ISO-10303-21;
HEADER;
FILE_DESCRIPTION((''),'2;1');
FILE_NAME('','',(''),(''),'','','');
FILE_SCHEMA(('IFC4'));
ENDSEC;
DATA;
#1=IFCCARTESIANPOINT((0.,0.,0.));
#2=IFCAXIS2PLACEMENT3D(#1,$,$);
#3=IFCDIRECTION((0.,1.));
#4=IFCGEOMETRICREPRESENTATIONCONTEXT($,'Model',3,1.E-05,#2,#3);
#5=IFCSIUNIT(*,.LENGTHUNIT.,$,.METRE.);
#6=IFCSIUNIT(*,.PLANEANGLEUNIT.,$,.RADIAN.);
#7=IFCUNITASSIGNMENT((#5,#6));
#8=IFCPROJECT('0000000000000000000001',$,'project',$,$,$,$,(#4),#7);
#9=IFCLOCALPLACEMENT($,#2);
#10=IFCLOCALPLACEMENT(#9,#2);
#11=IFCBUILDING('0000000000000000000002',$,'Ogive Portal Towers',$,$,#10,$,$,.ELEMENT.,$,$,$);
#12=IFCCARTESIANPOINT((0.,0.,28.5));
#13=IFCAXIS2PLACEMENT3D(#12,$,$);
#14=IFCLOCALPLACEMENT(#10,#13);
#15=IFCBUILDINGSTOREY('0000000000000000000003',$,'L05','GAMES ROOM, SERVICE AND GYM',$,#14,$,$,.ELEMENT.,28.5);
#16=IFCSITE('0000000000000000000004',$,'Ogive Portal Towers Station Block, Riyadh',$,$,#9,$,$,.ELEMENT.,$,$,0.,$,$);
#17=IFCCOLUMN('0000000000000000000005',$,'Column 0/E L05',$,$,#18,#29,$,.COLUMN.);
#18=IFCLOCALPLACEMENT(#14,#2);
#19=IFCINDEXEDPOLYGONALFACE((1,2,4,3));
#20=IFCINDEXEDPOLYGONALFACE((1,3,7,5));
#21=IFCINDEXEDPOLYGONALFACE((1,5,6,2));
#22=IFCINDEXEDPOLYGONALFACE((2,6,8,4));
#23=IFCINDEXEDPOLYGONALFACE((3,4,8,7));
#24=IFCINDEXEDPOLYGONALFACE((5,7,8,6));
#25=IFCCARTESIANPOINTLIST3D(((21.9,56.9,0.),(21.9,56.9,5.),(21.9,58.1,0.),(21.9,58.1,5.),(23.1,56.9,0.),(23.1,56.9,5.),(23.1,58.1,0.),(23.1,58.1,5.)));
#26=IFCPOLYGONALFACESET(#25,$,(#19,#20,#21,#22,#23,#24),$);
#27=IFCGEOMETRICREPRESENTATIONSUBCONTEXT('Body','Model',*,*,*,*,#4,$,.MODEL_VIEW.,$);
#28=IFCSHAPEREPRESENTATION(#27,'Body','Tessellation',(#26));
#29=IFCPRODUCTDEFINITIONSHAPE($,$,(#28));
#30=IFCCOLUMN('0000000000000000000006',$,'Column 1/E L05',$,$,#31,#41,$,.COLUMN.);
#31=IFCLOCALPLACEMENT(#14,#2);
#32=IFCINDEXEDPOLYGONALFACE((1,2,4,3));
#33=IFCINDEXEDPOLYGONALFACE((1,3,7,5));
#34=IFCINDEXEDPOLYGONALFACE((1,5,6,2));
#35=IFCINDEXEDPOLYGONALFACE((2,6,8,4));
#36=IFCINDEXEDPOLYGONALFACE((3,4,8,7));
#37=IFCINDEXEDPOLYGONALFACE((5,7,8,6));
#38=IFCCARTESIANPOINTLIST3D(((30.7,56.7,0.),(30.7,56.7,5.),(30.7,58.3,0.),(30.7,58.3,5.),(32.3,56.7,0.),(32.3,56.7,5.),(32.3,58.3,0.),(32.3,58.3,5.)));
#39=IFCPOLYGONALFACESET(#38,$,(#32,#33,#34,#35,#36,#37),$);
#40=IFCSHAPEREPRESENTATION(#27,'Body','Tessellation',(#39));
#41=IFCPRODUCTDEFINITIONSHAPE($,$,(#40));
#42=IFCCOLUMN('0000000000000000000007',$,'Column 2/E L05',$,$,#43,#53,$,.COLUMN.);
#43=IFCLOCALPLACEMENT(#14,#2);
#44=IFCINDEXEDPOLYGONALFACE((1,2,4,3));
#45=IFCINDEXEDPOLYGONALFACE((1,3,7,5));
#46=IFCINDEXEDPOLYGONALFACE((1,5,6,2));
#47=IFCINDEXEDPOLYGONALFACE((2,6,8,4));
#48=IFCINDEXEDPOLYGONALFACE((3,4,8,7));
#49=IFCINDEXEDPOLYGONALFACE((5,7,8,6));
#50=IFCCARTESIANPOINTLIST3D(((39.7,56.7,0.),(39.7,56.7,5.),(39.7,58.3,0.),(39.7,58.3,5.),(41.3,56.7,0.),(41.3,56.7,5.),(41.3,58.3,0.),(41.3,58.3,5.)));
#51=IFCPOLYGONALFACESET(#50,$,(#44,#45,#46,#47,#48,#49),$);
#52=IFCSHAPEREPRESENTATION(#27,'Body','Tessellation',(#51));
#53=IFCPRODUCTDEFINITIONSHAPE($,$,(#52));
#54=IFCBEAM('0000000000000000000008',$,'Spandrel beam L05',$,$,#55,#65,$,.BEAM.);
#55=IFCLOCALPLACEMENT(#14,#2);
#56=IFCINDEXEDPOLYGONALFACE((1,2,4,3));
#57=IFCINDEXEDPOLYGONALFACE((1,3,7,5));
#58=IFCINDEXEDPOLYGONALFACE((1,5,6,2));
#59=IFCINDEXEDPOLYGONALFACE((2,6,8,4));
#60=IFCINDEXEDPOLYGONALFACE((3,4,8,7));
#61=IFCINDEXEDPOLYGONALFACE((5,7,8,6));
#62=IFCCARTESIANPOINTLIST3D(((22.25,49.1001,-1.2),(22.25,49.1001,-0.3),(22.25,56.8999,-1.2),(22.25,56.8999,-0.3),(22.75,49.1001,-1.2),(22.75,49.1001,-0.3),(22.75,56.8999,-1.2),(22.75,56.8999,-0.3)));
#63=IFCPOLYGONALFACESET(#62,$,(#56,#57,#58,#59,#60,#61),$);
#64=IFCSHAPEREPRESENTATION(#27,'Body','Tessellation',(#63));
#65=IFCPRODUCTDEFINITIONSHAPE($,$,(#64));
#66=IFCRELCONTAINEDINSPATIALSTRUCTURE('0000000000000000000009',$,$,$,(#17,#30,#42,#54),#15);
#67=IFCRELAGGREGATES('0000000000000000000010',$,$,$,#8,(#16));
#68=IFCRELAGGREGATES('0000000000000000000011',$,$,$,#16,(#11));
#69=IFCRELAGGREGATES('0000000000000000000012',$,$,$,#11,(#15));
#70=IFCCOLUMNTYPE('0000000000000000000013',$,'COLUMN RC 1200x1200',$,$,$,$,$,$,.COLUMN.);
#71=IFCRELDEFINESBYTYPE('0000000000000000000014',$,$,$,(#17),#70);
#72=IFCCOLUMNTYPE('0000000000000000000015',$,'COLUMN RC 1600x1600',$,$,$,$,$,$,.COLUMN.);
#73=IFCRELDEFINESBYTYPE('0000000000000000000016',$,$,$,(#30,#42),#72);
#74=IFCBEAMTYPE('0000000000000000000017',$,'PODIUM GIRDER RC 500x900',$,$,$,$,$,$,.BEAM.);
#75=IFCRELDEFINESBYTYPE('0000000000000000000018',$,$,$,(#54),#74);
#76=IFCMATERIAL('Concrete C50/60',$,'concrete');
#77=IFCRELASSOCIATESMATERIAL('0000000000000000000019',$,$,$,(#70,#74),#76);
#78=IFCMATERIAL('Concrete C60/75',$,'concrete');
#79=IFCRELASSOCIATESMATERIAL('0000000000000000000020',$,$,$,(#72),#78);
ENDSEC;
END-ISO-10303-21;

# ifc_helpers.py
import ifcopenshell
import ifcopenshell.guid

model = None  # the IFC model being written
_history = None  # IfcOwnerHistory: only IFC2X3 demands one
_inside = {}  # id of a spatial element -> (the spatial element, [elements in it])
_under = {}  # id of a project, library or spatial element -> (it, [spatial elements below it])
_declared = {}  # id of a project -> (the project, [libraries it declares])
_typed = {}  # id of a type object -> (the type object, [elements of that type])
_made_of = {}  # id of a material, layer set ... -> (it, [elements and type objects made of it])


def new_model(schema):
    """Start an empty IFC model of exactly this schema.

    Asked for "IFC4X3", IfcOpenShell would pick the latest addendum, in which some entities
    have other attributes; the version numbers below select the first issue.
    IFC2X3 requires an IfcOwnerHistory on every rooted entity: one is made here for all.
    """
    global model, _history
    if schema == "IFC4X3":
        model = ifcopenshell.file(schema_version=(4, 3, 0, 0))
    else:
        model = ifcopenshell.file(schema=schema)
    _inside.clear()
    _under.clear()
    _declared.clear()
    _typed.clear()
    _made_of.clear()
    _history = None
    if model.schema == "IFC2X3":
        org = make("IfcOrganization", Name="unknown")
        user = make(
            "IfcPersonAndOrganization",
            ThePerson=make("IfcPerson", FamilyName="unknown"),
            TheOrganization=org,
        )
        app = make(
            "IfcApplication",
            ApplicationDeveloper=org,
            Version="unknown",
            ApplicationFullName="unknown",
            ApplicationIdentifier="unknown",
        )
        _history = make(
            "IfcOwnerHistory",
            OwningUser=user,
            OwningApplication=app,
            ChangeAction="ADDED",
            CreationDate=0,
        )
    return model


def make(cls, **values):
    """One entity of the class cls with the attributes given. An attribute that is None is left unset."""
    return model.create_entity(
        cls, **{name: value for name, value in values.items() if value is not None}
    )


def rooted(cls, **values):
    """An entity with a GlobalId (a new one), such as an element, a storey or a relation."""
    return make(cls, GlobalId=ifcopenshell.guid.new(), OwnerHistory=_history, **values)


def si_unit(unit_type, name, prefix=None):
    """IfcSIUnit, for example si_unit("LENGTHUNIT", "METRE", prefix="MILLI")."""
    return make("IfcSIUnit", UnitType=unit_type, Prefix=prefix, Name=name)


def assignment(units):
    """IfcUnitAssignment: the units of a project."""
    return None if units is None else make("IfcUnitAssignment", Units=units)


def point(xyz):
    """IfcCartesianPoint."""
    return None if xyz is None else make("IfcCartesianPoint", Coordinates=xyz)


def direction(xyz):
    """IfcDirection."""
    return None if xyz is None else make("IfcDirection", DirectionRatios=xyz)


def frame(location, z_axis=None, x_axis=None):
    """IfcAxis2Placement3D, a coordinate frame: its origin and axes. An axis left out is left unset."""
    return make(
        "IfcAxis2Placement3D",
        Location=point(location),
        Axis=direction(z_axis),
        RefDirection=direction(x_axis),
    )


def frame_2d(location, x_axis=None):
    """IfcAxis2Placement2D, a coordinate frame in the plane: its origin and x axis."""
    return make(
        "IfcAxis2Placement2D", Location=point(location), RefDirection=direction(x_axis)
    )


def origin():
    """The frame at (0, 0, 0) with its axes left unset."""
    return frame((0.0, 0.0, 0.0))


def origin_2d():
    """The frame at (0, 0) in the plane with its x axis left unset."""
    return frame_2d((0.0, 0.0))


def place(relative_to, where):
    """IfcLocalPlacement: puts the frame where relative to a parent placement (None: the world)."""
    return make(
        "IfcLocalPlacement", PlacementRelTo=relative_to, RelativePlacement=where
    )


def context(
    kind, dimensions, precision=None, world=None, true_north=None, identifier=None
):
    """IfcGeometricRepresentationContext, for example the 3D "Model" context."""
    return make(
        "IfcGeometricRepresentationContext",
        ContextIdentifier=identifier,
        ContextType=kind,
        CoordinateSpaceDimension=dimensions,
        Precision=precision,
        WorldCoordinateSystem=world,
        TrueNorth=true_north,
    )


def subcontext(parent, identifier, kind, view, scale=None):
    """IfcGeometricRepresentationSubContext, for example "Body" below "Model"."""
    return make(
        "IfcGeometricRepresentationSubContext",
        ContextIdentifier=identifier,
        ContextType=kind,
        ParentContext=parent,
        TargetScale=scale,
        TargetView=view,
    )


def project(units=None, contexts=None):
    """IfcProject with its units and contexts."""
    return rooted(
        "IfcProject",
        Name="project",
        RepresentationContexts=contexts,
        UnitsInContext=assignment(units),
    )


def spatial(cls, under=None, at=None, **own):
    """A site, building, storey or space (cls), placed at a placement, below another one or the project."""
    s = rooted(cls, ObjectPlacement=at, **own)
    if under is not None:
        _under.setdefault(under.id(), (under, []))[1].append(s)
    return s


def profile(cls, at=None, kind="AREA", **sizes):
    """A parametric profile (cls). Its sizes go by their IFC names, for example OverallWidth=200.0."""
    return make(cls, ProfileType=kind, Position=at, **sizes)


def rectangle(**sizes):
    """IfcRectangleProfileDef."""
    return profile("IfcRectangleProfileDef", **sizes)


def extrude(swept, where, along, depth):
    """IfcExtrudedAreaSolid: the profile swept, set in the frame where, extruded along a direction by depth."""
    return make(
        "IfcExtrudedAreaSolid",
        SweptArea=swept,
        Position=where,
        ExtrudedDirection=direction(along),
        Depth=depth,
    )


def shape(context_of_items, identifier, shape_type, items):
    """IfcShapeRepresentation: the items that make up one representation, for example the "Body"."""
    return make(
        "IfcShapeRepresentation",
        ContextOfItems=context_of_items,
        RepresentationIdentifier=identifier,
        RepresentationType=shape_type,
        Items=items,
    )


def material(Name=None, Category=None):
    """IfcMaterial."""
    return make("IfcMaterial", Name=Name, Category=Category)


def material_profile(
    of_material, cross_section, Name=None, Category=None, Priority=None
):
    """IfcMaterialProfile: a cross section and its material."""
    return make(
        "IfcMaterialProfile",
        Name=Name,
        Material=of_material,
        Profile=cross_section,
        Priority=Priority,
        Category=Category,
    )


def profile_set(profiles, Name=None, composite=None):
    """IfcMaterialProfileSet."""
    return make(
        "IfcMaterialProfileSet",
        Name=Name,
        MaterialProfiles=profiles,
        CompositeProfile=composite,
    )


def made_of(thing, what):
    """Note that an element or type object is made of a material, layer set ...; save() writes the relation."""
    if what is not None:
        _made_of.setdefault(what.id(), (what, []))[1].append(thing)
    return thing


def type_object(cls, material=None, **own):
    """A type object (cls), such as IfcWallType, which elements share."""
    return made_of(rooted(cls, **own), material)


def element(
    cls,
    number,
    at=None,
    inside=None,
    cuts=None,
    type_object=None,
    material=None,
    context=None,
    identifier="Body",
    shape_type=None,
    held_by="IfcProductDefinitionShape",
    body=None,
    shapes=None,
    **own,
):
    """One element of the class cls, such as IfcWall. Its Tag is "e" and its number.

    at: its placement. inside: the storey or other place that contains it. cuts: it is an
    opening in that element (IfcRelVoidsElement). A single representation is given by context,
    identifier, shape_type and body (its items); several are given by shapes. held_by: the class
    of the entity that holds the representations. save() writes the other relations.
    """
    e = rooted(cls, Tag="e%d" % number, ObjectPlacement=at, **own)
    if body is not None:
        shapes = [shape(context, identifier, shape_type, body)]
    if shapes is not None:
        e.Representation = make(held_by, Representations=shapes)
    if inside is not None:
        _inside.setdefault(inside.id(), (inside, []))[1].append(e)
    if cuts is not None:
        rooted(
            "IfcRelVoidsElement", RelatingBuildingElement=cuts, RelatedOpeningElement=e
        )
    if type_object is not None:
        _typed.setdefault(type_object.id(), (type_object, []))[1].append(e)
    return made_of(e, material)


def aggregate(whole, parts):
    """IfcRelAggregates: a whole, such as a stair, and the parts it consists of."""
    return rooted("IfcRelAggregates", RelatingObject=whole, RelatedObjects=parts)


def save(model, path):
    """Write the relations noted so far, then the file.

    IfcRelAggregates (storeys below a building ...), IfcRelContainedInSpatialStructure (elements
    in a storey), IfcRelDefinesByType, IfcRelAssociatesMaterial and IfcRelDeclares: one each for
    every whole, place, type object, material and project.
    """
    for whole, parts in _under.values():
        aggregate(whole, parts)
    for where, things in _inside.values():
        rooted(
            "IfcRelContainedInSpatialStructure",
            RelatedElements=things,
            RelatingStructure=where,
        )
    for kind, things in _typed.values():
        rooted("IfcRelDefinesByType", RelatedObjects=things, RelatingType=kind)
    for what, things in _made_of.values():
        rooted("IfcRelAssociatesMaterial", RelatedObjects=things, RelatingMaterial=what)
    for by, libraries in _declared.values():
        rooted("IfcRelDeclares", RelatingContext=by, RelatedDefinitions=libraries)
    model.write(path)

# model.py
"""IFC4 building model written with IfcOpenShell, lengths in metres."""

from ifc_helpers import new_model, si_unit, direction, frame, origin, origin_2d, place, context, subcontext, project, spatial, rectangle, extrude, material, material_profile, profile_set, type_object, element, save


model = new_model("IFC4")

# Units and contexts
model_context = context("Model", 3, precision=1e-05, world=origin(), true_north=direction((0.0, 1.0)))
body_context = subcontext(model_context, "Body", "Model", "MODEL_VIEW")
ifc_project = project(units=[si_unit("LENGTHUNIT", "METRE"), si_unit("PLANEANGLEUNIT", "RADIAN")], contexts=[model_context])

# Site, building, storey
site_placement = place(None, origin())
site = spatial("IfcSite", under=ifc_project, at=site_placement, Name="Ogive Portal Towers Station Block, Riyadh", CompositionType="ELEMENT", RefElevation=0.0)
building_placement = place(site_placement, origin())
building = spatial("IfcBuilding", under=site, at=building_placement, Name="Ogive Portal Towers", CompositionType="ELEMENT")
storey_placement = place(building_placement, frame((0.0, 0.0, 28.5)))
storey = spatial("IfcBuildingStorey", under=building, at=storey_placement, Name="L05", Description="GAMES ROOM, SERVICE AND GYM", CompositionType="ELEMENT", Elevation=28.5)

# Columns
ifc_material_1 = material(Name="Concrete C50/60", Category="concrete")
ifc_material_profile_1 = material_profile(ifc_material_1, rectangle(XDim=1.2, YDim=1.2, at=origin_2d()), Name="RC 1200x1200")
ifc_profile_set_1 = profile_set([ifc_material_profile_1], Name="Concrete C50/60")
column_type_1 = type_object("IfcColumnType", Name="COLUMN RC 1200x1200", PredefinedType="COLUMN", material=ifc_profile_set_1)
column_placement = place(storey_placement, frame((22.5, 57.5, 0.0), z_axis=(0.0, 0.0, 1.0), x_axis=(1.0, 0.0, 0.0)))
element("IfcColumn", 1, at=column_placement, inside=storey, type_object=column_type_1, Name="Column 0/E L05", PredefinedType="COLUMN", context=body_context, shape_type="SweptSolid", body=[
    extrude(rectangle(XDim=1.2, YDim=1.2, at=origin_2d()), origin(), (0.0, 0.0, 1.0), 5.0),
])
ifc_material_2 = material(Name="Concrete C60/75", Category="concrete")
ifc_material_profile_2 = material_profile(ifc_material_2, rectangle(XDim=1.6001, YDim=1.6001, at=origin_2d()), Name="RC 1600x1600")
ifc_profile_set_2 = profile_set([ifc_material_profile_2], Name="Concrete C60/75")
column_type_2 = type_object("IfcColumnType", Name="COLUMN RC 1600x1600", PredefinedType="COLUMN", material=ifc_profile_set_2)
for number, where, z_axis, x_axis, name in (
    (2, (31.5, 57.5, 0.0), (0.0, 0.0, 1.0), (1.0, 0.0, 0.0), "Column 1/E L05"),
    (3, (40.5, 57.5, 0.0), (0.0, 0.0, 1.0), (1.0, 0.0, 0.0), "Column 2/E L05"),
):
    element("IfcColumn", number, at=place(storey_placement, frame(where, z_axis=z_axis, x_axis=x_axis)), inside=storey, type_object=column_type_2, Name=name, PredefinedType="COLUMN", context=body_context, shape_type="SweptSolid", body=[
        extrude(rectangle(XDim=1.6001, YDim=1.6001, at=origin_2d()), origin(), (0.0, 0.0, 1.0), 5.0),
    ])

# Beam
ifc_material_profile_3 = material_profile(ifc_material_1, rectangle(XDim=0.5, YDim=0.8999, at=origin_2d()), Name="RC 500x900")
ifc_profile_set_3 = profile_set([ifc_material_profile_3], Name="Concrete C50/60")
beam_type = type_object("IfcBeamType", Name="PODIUM GIRDER RC 500x900", PredefinedType="BEAM", material=ifc_profile_set_3)
beam_placement = place(storey_placement, frame((22.5, 56.8999, -0.75), z_axis=(0.0, -1.0, 0.0), x_axis=(1.0, 0.0, 0.0)))
element("IfcBeam", 4, at=beam_placement, inside=storey, type_object=beam_type, Name="Spandrel beam L05", PredefinedType="BEAM", context=body_context, shape_type="SweptSolid", body=[
    extrude(rectangle(XDim=0.5, YDim=0.8999, at=origin_2d()), origin(), (0.0, 0.0, 1.0), 7.7998),
])

save(model, "model.ifc")
